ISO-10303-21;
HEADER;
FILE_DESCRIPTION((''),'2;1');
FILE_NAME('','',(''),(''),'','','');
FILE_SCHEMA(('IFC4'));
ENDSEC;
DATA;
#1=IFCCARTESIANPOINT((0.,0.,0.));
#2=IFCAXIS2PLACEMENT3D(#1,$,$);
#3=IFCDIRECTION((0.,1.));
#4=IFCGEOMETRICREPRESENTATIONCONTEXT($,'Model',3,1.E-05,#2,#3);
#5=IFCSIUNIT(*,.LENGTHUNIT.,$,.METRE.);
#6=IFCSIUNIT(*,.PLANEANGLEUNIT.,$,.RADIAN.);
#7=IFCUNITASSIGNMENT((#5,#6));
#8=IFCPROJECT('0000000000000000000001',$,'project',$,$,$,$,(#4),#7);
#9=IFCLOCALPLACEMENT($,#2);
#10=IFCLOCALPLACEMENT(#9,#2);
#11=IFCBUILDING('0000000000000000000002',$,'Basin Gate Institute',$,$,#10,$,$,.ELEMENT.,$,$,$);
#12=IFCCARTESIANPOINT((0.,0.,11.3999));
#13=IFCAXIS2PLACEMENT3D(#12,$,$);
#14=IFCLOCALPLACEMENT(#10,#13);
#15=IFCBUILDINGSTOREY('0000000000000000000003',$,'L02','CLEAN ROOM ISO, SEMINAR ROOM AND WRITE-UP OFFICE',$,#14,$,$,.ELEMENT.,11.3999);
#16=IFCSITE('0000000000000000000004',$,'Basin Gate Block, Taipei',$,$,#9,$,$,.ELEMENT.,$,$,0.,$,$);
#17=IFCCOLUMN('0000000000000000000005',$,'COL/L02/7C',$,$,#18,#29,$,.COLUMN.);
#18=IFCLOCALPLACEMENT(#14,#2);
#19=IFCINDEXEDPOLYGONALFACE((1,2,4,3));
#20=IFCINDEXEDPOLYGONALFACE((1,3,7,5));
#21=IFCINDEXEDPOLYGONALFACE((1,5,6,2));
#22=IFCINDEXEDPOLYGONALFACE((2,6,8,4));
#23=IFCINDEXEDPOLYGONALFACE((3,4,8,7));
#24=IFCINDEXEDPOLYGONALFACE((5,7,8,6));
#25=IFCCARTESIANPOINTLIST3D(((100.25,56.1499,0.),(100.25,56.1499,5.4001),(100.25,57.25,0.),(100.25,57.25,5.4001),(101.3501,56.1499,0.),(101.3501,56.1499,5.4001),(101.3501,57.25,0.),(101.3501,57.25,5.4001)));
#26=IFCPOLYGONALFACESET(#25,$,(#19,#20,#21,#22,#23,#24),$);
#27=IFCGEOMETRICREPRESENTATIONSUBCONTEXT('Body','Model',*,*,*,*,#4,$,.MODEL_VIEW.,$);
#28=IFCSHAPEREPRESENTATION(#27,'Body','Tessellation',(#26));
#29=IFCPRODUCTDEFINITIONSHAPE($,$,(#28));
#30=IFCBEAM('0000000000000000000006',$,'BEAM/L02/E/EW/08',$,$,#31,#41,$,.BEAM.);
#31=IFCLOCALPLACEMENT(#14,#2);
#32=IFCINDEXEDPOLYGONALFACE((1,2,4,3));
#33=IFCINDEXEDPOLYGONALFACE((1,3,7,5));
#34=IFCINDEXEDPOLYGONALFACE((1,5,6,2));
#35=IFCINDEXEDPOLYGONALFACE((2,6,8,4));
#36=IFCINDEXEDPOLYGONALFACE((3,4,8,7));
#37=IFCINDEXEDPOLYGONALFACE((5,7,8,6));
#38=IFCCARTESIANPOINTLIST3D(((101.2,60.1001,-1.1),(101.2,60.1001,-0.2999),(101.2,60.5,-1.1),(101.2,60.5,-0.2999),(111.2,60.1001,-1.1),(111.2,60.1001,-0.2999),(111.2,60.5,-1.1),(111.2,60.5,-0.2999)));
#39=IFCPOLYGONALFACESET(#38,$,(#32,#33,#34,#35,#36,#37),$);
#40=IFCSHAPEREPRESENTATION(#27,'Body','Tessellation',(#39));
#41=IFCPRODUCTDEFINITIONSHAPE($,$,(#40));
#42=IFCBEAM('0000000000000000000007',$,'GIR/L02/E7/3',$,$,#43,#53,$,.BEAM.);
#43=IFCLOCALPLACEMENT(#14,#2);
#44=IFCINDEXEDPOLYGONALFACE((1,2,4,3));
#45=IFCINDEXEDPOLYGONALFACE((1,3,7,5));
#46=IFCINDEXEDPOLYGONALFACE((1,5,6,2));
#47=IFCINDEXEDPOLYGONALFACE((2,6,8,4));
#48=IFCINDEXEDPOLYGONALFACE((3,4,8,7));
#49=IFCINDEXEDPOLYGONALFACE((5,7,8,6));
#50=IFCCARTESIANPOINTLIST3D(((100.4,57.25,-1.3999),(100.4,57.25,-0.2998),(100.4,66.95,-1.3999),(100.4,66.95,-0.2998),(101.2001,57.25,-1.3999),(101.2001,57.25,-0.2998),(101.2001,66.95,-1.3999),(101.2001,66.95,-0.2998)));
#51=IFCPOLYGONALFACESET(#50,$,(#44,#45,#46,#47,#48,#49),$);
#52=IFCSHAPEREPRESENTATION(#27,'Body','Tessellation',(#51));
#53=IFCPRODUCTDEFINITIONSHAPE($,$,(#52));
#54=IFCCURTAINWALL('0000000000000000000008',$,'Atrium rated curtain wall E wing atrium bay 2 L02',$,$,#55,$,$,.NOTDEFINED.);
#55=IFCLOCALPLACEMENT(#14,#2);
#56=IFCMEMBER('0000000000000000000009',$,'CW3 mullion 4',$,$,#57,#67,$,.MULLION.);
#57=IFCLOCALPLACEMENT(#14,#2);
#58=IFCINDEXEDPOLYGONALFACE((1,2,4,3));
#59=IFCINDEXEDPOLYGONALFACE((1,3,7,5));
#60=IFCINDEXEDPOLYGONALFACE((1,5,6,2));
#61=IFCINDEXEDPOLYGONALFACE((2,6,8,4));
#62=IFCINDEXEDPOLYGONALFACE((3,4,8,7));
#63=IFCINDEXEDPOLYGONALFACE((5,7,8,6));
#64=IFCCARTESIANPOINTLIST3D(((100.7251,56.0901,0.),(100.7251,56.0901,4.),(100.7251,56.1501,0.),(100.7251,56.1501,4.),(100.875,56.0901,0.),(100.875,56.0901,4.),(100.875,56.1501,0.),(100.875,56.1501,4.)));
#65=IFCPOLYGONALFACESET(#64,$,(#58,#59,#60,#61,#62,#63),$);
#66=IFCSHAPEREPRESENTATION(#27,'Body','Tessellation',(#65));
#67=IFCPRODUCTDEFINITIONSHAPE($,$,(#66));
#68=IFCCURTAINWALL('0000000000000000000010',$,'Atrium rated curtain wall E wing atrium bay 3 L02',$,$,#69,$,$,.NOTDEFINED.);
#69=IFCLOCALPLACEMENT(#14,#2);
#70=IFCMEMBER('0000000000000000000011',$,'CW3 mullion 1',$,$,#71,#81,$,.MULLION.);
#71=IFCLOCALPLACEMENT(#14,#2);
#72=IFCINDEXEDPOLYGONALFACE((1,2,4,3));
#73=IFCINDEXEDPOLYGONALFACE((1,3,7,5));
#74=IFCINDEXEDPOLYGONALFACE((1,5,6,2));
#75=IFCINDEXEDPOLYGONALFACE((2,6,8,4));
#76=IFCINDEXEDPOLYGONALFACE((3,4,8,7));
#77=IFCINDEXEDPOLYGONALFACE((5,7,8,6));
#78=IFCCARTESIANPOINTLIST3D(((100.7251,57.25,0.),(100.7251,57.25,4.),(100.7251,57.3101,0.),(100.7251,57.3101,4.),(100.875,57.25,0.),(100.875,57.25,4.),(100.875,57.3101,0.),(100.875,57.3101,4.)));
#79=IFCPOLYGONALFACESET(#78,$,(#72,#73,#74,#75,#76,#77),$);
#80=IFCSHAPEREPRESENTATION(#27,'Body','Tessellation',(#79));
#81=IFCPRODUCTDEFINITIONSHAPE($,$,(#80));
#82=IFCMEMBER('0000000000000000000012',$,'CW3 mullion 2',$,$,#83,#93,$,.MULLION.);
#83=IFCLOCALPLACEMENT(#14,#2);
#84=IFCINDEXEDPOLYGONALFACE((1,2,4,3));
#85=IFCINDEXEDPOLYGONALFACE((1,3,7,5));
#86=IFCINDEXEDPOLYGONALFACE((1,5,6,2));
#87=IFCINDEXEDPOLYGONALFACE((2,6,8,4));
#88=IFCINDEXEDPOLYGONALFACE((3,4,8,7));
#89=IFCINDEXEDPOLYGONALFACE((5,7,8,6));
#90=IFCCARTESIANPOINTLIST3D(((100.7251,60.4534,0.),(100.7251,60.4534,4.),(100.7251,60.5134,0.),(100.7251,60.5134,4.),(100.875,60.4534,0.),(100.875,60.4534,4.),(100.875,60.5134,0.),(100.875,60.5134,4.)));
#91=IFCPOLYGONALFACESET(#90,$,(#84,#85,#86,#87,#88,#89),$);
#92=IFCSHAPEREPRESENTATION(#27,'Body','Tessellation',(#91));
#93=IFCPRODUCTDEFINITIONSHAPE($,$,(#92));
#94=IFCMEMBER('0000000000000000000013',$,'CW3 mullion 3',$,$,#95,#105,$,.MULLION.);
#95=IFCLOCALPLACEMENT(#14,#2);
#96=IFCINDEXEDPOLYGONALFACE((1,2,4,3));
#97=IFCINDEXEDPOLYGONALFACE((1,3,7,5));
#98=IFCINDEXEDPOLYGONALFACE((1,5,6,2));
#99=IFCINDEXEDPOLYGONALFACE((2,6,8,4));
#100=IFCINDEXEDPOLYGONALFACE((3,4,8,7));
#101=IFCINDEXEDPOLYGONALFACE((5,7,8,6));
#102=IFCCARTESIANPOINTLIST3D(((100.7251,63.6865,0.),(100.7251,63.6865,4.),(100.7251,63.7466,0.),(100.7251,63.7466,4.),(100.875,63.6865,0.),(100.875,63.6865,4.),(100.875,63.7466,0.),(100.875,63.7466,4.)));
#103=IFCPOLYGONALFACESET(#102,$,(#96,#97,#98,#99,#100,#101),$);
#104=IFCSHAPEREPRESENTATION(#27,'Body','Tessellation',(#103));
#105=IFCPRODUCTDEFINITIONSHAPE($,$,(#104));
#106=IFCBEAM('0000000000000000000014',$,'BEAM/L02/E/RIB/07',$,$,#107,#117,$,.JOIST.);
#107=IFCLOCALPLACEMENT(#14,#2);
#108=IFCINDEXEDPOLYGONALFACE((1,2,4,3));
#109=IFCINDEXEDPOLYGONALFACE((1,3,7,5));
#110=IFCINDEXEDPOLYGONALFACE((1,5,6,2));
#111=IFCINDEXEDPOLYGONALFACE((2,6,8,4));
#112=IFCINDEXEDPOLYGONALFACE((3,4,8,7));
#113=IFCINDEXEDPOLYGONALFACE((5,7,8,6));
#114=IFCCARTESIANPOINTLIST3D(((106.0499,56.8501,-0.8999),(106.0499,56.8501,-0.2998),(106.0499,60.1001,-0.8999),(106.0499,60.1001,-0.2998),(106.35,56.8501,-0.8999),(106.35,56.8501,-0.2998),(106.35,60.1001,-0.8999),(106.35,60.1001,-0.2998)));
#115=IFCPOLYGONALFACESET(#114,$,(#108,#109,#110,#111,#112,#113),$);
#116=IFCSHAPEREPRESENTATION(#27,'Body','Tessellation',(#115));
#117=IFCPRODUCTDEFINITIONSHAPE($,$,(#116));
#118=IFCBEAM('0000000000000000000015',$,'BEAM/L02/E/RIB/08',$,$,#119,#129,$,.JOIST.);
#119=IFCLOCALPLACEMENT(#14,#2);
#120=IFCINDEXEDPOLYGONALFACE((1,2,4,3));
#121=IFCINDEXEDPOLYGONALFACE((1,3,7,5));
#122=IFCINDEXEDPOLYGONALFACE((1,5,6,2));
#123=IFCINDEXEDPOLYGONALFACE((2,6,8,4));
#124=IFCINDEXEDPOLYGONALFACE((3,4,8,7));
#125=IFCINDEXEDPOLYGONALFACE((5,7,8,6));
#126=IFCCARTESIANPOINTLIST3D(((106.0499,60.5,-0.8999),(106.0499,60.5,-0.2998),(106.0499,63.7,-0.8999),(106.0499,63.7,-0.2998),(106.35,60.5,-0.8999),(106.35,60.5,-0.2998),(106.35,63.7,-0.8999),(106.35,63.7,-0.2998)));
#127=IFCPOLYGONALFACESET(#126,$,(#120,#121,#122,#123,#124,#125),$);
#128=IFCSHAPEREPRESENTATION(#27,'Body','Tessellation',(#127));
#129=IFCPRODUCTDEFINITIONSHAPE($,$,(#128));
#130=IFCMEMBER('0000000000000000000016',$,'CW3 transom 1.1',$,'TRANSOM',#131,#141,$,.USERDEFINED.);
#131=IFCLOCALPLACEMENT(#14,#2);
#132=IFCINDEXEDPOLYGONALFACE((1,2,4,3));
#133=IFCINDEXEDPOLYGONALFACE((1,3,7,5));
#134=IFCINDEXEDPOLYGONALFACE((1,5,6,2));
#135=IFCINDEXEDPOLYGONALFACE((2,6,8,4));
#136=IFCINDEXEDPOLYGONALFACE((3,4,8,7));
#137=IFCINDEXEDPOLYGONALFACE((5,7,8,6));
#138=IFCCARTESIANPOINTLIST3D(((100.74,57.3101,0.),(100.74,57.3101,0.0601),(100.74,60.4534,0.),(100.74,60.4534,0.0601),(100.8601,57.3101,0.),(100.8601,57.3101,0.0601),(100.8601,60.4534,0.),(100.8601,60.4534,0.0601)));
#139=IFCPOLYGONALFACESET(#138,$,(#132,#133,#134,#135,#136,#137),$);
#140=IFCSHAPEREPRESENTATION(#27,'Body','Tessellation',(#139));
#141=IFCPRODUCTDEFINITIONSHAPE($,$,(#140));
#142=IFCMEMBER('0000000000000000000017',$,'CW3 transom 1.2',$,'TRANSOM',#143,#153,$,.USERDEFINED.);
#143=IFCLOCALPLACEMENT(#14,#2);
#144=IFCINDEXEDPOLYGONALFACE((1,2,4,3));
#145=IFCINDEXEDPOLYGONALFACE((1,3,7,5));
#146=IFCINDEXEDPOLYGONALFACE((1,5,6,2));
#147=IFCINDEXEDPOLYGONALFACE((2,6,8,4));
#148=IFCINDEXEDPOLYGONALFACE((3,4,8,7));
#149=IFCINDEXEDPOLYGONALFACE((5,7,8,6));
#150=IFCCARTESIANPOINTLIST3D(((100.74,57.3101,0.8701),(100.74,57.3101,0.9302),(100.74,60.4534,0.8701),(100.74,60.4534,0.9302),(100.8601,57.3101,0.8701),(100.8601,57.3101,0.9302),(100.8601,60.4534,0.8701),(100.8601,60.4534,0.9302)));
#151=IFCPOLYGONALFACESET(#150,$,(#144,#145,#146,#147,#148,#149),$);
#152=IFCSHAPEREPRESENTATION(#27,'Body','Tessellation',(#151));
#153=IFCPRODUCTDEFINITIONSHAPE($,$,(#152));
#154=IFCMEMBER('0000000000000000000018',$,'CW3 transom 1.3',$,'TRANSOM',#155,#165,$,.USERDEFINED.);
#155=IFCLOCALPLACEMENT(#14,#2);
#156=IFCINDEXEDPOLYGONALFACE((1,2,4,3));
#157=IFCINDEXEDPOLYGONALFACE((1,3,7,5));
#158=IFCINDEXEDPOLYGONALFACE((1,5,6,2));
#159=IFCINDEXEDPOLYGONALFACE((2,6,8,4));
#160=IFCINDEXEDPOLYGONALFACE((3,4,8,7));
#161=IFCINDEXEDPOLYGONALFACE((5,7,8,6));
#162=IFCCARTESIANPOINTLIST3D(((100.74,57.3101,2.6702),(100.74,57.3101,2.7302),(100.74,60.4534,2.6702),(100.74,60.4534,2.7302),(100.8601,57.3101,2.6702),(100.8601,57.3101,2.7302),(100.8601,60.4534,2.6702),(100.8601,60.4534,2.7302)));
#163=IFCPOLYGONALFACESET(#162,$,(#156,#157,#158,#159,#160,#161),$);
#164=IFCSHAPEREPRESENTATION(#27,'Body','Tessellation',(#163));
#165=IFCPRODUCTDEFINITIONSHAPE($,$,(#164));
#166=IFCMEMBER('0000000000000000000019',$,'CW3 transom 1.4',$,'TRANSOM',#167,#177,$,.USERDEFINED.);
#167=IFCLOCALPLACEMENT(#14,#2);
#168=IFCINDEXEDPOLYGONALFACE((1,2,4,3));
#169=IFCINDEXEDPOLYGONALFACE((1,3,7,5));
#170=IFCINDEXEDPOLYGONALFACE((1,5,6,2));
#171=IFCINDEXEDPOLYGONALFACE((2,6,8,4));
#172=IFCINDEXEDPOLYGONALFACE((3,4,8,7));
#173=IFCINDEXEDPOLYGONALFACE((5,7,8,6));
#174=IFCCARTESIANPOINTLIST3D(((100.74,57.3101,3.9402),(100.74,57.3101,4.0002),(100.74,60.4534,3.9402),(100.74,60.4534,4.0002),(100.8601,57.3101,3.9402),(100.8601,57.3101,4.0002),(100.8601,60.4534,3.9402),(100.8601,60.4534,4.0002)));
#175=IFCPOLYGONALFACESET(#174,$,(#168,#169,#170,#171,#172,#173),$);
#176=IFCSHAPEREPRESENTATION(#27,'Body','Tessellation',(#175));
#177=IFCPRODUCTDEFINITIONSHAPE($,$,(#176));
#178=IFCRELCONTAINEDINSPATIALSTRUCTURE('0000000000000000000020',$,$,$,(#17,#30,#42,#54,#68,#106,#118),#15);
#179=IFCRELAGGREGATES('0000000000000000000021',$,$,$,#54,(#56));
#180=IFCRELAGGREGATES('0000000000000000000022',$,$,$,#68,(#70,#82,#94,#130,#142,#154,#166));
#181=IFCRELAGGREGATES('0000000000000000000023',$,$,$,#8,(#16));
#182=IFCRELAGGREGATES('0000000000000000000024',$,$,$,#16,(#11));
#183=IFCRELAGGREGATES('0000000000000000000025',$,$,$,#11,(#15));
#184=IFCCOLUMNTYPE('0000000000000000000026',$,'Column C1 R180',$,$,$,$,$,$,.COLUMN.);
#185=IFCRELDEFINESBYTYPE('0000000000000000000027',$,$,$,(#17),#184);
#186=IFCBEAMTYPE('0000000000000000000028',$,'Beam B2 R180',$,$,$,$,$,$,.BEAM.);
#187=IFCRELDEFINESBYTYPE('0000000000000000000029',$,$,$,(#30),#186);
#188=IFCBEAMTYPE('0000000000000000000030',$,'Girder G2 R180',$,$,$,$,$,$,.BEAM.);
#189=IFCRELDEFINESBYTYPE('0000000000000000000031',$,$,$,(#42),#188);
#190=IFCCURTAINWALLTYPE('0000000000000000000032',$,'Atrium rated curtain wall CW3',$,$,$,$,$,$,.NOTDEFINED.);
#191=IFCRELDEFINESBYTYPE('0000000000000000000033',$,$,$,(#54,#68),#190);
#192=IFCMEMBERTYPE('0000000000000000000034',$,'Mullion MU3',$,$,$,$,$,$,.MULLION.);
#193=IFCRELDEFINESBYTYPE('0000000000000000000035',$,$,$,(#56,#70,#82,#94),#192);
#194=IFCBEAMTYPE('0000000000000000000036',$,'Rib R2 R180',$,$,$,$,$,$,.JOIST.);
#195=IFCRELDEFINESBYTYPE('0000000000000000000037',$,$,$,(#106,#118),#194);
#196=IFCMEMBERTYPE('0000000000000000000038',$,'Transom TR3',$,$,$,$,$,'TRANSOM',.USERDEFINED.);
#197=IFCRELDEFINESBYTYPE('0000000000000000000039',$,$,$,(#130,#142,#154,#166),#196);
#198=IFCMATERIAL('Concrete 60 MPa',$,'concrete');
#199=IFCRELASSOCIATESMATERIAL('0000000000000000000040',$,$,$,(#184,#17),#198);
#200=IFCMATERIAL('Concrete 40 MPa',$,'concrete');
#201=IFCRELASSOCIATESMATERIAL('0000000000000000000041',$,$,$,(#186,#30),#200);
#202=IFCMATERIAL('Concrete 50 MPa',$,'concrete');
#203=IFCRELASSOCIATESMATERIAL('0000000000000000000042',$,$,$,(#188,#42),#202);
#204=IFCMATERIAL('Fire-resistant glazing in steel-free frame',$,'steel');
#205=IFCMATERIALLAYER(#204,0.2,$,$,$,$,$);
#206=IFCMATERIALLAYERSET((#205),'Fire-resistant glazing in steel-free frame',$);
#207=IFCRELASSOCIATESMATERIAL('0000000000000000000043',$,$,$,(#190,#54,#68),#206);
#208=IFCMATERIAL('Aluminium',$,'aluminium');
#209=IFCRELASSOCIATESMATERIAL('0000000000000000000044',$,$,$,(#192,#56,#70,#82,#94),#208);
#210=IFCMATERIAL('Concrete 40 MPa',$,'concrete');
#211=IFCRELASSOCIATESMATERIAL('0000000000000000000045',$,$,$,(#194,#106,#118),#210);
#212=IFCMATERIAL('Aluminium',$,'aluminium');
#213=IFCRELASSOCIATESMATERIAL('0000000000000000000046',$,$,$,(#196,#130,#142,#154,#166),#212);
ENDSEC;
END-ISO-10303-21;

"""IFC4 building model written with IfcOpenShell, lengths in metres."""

from ifc_helpers import new_model, si_unit, direction, frame, origin, origin_2d, place, context, subcontext, project, spatial, rectangle, extrude, material, layer, layer_set, material_profile, profile_set, type_object, element, aggregate, save


model = new_model("IFC4")

# Units and contexts
model_context = context("Model", 3, precision=1e-05, world=origin(), true_north=direction((0.0, 1.0)))
body_context = subcontext(model_context, "Body", "Model", "MODEL_VIEW")
ifc_project = project(units=[si_unit("LENGTHUNIT", "METRE"), si_unit("PLANEANGLEUNIT", "RADIAN")], contexts=[model_context])

# Site, building, storey
site_placement = place(None, origin())
site = spatial("IfcSite", under=ifc_project, at=site_placement, Name="Basin Gate Block, Taipei", CompositionType="ELEMENT", RefElevation=0.0)
building_placement = place(site_placement, origin())
building = spatial("IfcBuilding", under=site, at=building_placement, Name="Basin Gate Institute", CompositionType="ELEMENT")
storey_placement = place(building_placement, frame((0.0, 0.0, 11.3999)))
storey = spatial("IfcBuildingStorey", under=building, at=storey_placement, Name="L02", Description="CLEAN ROOM ISO, SEMINAR ROOM AND WRITE-UP OFFICE", CompositionType="ELEMENT", Elevation=11.3999)

# Column
ifc_material_1 = material(Name="Concrete 60 MPa", Category="concrete")
ifc_material_profile_1 = material_profile(ifc_material_1, rectangle(XDim=1.1001, YDim=1.1001, at=origin_2d()), Name="Column C1 1100 x 1100")
ifc_profile_set_1 = profile_set([ifc_material_profile_1], Name="Concrete 60 MPa")
column_type = type_object("IfcColumnType", Name="Column C1 R180", PredefinedType="COLUMN", material=ifc_profile_set_1)
column_placement = place(storey_placement, frame((100.8, 56.7, 0.0), z_axis=(0.0, 0.0, 1.0), x_axis=(1.0, 0.0, 0.0)))
element("IfcColumn", 1, at=column_placement, inside=storey, type_object=column_type, material=ifc_profile_set_1, Name="COL/L02/7C", PredefinedType="COLUMN", context=body_context, shape_type="SweptSolid", body=[
    extrude(rectangle(XDim=1.1001, YDim=1.1001, at=origin_2d()), origin(), (0.0, 0.0, 1.0), 5.4001),
])

# Beams
ifc_material_2 = material(Name="Concrete 40 MPa", Category="concrete")
ifc_material_profile_2 = material_profile(ifc_material_2, rectangle(XDim=0.3999, YDim=0.8, at=origin_2d()), Name="Beam B2 400 x 800")
ifc_profile_set_2 = profile_set([ifc_material_profile_2], Name="Concrete 40 MPa")
beam_type_1 = type_object("IfcBeamType", Name="Beam B2 R180", PredefinedType="BEAM", material=ifc_profile_set_2)
beam_1_placement = place(storey_placement, frame((111.2, 60.3, -0.7), z_axis=(-1.0, 0.0, 0.0), x_axis=(0.0, -1.0, 0.0)))
element("IfcBeam", 2, at=beam_1_placement, inside=storey, type_object=beam_type_1, material=ifc_profile_set_2, Name="BEAM/L02/E/EW/08", PredefinedType="BEAM", context=body_context, shape_type="SweptSolid", body=[
    extrude(rectangle(XDim=0.3999, YDim=0.8, at=origin_2d()), origin(), (0.0, 0.0, 1.0), 10.0),
])
ifc_material_3 = material(Name="Concrete 50 MPa", Category="concrete")
ifc_material_profile_3 = material_profile(ifc_material_3, rectangle(XDim=0.8, YDim=1.1001, at=origin_2d()), Name="Girder G2 800 x 1100")
ifc_profile_set_3 = profile_set([ifc_material_profile_3], Name="Concrete 50 MPa")
beam_type_2 = type_object("IfcBeamType", Name="Girder G2 R180", PredefinedType="BEAM", material=ifc_profile_set_3)
beam_2_placement = place(storey_placement, frame((100.8, 57.25, -0.8499), z_axis=(0.0, 1.0, 0.0), x_axis=(-1.0, 0.0, 0.0)))
element("IfcBeam", 3, at=beam_2_placement, inside=storey, type_object=beam_type_2, material=ifc_profile_set_3, Name="GIR/L02/E7/3", PredefinedType="BEAM", context=body_context, shape_type="SweptSolid", body=[
    extrude(rectangle(XDim=0.8, YDim=1.1001, at=origin_2d()), origin(), (0.0, 0.0, 1.0), 9.7),
])

# Curtain wall, member
ifc_material_4 = material(Name="Fire-resistant glazing in steel-free frame", Category="steel")
ifc_layer_1 = layer(ifc_material_4, 0.2)
ifc_layer_set_1 = layer_set([ifc_layer_1], Name="Fire-resistant glazing in steel-free frame")
curtain_wall_type = type_object("IfcCurtainWallType", Name="Atrium rated curtain wall CW3", PredefinedType="NOTDEFINED", material=ifc_layer_set_1)
curtain_wall_1_placement = place(storey_placement, origin())
curtain_wall_1 = element("IfcCurtainWall", 4, at=curtain_wall_1_placement, inside=storey, type_object=curtain_wall_type, material=ifc_layer_set_1, Name="Atrium rated curtain wall E wing atrium bay 2 L02", PredefinedType="NOTDEFINED")
ifc_material_5 = material(Name="Aluminium", Category="aluminium")
ifc_material_profile_4 = material_profile(ifc_material_5, rectangle(XDim=0.1499, YDim=0.0601, at=origin_2d()), Name="Mullion MU3 150 x 60")
ifc_profile_set_4 = profile_set([ifc_material_profile_4], Name="Aluminium")
member_type_1 = type_object("IfcMemberType", Name="Mullion MU3", PredefinedType="MULLION", material=ifc_profile_set_4)
member_1_placement = place(storey_placement, frame((100.8, 56.1201, 0.0), z_axis=(0.0, 0.0, 1.0), x_axis=(-1.0, 0.0, 0.0)))
member_1 = element("IfcMember", 5, at=member_1_placement, type_object=member_type_1, material=ifc_profile_set_4, Name="CW3 mullion 4", PredefinedType="MULLION", context=body_context, shape_type="SweptSolid", body=[
    extrude(rectangle(XDim=0.1499, YDim=0.0601, at=origin_2d()), origin(), (0.0, 0.0, 1.0), 4.0),
])

# Curtain wall, members
curtain_wall_2_placement = place(storey_placement, origin())
curtain_wall_2 = element("IfcCurtainWall", 6, at=curtain_wall_2_placement, inside=storey, type_object=curtain_wall_type, material=ifc_layer_set_1, Name="Atrium rated curtain wall E wing atrium bay 3 L02", PredefinedType="NOTDEFINED")
member_2_placement = place(storey_placement, frame((100.8, 57.28, 0.0), z_axis=(0.0, 0.0, 1.0), x_axis=(-1.0, 0.0, 0.0)))
member_2 = element("IfcMember", 7, at=member_2_placement, type_object=member_type_1, material=ifc_profile_set_4, Name="CW3 mullion 1", PredefinedType="MULLION", context=body_context, shape_type="SweptSolid", body=[
    extrude(rectangle(XDim=0.1499, YDim=0.0601, at=origin_2d()), origin(), (0.0, 0.0, 1.0), 4.0),
])
member_3_placement = place(storey_placement, frame((100.8, 60.4834, 0.0), z_axis=(0.0, 0.0, 1.0), x_axis=(-1.0, 0.0, 0.0)))
member_3 = element("IfcMember", 8, at=member_3_placement, type_object=member_type_1, material=ifc_profile_set_4, Name="CW3 mullion 2", PredefinedType="MULLION", context=body_context, shape_type="SweptSolid", body=[
    extrude(rectangle(XDim=0.1499, YDim=0.0601, at=origin_2d()), origin(), (0.0, 0.0, 1.0), 4.0),
])
member_4_placement = place(storey_placement, frame((100.8, 63.7166, 0.0), z_axis=(0.0, 0.0, 1.0), x_axis=(-1.0, 0.0, 0.0)))
member_4 = element("IfcMember", 9, at=member_4_placement, type_object=member_type_1, material=ifc_profile_set_4, Name="CW3 mullion 3", PredefinedType="MULLION", context=body_context, shape_type="SweptSolid", body=[
    extrude(rectangle(XDim=0.1499, YDim=0.0601, at=origin_2d()), origin(), (0.0, 0.0, 1.0), 4.0),
])

# Beams
ifc_material_6 = material(Name="Concrete 40 MPa", Category="concrete")
ifc_material_profile_5 = material_profile(ifc_material_6, rectangle(XDim=0.3, YDim=0.6001, at=origin_2d()), Name="Rib R2 300 x 600")
ifc_profile_set_5 = profile_set([ifc_material_profile_5], Name="Concrete 40 MPa")
beam_type_3 = type_object("IfcBeamType", Name="Rib R2 R180", PredefinedType="JOIST", material=ifc_profile_set_5)
beam_3_placement = place(storey_placement, frame((106.2, 56.8501, -0.5999), z_axis=(0.0, 1.0, 0.0), x_axis=(-1.0, 0.0, 0.0)))
element("IfcBeam", 10, at=beam_3_placement, inside=storey, type_object=beam_type_3, material=ifc_profile_set_5, Name="BEAM/L02/E/RIB/07", PredefinedType="JOIST", context=body_context, shape_type="SweptSolid", body=[
    extrude(rectangle(XDim=0.3, YDim=0.6001, at=origin_2d()), origin(), (0.0, 0.0, 1.0), 3.25),
])
beam_4_placement = place(storey_placement, frame((106.2, 60.5, -0.5999), z_axis=(0.0, 1.0, 0.0), x_axis=(-1.0, 0.0, 0.0)))
element("IfcBeam", 11, at=beam_4_placement, inside=storey, type_object=beam_type_3, material=ifc_profile_set_5, Name="BEAM/L02/E/RIB/08", PredefinedType="JOIST", context=body_context, shape_type="SweptSolid", body=[
    extrude(rectangle(XDim=0.3, YDim=0.6001, at=origin_2d()), origin(), (0.0, 0.0, 1.0), 3.2),
])

# Members
ifc_material_7 = material(Name="Aluminium", Category="aluminium")
ifc_material_profile_6 = material_profile(ifc_material_7, rectangle(XDim=0.1201, YDim=0.0601, at=origin_2d()), Name="Transom TR3 120 x 60")
ifc_profile_set_6 = profile_set([ifc_material_profile_6], Name="Aluminium")
member_type_2 = type_object("IfcMemberType", Name="Transom TR3", ElementType="TRANSOM", PredefinedType="USERDEFINED", material=ifc_profile_set_6)
member_5_placement = place(storey_placement, frame((100.8, 57.3101, 0.03), z_axis=(0.0, 1.0, 0.0), x_axis=(-1.0, 0.0, 0.0)))
member_5 = element("IfcMember", 12, at=member_5_placement, type_object=member_type_2, material=ifc_profile_set_6, Name="CW3 transom 1.1", ObjectType="TRANSOM", PredefinedType="USERDEFINED", context=body_context, shape_type="SweptSolid", body=[
    extrude(rectangle(XDim=0.1201, YDim=0.0601, at=origin_2d()), origin(), (0.0, 0.0, 1.0), 3.1433),
])
member_6_placement = place(storey_placement, frame((100.8, 57.3101, 0.9001), z_axis=(0.0, 1.0, 0.0), x_axis=(-1.0, 0.0, 0.0)))
member_6 = element("IfcMember", 13, at=member_6_placement, type_object=member_type_2, material=ifc_profile_set_6, Name="CW3 transom 1.2", ObjectType="TRANSOM", PredefinedType="USERDEFINED", context=body_context, shape_type="SweptSolid", body=[
    extrude(rectangle(XDim=0.1201, YDim=0.0601, at=origin_2d()), origin(), (0.0, 0.0, 1.0), 3.1433),
])
member_7_placement = place(storey_placement, frame((100.8, 57.3101, 2.7002), z_axis=(0.0, 1.0, 0.0), x_axis=(-1.0, 0.0, 0.0)))
member_7 = element("IfcMember", 14, at=member_7_placement, type_object=member_type_2, material=ifc_profile_set_6, Name="CW3 transom 1.3", ObjectType="TRANSOM", PredefinedType="USERDEFINED", context=body_context, shape_type="SweptSolid", body=[
    extrude(rectangle(XDim=0.1201, YDim=0.0601, at=origin_2d()), origin(), (0.0, 0.0, 1.0), 3.1433),
])
member_8_placement = place(storey_placement, frame((100.8, 57.3101, 3.9702), z_axis=(0.0, 1.0, 0.0), x_axis=(-1.0, 0.0, 0.0)))
member_8 = element("IfcMember", 15, at=member_8_placement, type_object=member_type_2, material=ifc_profile_set_6, Name="CW3 transom 1.4", ObjectType="TRANSOM", PredefinedType="USERDEFINED", context=body_context, shape_type="SweptSolid", body=[
    extrude(rectangle(XDim=0.1201, YDim=0.0601, at=origin_2d()), origin(), (0.0, 0.0, 1.0), 3.1433),
])

aggregate(curtain_wall_1, [member_1])
aggregate(curtain_wall_2, [member_2, member_3, member_4, member_5, member_6, member_7, member_8])

save(model, "model.ifc")
